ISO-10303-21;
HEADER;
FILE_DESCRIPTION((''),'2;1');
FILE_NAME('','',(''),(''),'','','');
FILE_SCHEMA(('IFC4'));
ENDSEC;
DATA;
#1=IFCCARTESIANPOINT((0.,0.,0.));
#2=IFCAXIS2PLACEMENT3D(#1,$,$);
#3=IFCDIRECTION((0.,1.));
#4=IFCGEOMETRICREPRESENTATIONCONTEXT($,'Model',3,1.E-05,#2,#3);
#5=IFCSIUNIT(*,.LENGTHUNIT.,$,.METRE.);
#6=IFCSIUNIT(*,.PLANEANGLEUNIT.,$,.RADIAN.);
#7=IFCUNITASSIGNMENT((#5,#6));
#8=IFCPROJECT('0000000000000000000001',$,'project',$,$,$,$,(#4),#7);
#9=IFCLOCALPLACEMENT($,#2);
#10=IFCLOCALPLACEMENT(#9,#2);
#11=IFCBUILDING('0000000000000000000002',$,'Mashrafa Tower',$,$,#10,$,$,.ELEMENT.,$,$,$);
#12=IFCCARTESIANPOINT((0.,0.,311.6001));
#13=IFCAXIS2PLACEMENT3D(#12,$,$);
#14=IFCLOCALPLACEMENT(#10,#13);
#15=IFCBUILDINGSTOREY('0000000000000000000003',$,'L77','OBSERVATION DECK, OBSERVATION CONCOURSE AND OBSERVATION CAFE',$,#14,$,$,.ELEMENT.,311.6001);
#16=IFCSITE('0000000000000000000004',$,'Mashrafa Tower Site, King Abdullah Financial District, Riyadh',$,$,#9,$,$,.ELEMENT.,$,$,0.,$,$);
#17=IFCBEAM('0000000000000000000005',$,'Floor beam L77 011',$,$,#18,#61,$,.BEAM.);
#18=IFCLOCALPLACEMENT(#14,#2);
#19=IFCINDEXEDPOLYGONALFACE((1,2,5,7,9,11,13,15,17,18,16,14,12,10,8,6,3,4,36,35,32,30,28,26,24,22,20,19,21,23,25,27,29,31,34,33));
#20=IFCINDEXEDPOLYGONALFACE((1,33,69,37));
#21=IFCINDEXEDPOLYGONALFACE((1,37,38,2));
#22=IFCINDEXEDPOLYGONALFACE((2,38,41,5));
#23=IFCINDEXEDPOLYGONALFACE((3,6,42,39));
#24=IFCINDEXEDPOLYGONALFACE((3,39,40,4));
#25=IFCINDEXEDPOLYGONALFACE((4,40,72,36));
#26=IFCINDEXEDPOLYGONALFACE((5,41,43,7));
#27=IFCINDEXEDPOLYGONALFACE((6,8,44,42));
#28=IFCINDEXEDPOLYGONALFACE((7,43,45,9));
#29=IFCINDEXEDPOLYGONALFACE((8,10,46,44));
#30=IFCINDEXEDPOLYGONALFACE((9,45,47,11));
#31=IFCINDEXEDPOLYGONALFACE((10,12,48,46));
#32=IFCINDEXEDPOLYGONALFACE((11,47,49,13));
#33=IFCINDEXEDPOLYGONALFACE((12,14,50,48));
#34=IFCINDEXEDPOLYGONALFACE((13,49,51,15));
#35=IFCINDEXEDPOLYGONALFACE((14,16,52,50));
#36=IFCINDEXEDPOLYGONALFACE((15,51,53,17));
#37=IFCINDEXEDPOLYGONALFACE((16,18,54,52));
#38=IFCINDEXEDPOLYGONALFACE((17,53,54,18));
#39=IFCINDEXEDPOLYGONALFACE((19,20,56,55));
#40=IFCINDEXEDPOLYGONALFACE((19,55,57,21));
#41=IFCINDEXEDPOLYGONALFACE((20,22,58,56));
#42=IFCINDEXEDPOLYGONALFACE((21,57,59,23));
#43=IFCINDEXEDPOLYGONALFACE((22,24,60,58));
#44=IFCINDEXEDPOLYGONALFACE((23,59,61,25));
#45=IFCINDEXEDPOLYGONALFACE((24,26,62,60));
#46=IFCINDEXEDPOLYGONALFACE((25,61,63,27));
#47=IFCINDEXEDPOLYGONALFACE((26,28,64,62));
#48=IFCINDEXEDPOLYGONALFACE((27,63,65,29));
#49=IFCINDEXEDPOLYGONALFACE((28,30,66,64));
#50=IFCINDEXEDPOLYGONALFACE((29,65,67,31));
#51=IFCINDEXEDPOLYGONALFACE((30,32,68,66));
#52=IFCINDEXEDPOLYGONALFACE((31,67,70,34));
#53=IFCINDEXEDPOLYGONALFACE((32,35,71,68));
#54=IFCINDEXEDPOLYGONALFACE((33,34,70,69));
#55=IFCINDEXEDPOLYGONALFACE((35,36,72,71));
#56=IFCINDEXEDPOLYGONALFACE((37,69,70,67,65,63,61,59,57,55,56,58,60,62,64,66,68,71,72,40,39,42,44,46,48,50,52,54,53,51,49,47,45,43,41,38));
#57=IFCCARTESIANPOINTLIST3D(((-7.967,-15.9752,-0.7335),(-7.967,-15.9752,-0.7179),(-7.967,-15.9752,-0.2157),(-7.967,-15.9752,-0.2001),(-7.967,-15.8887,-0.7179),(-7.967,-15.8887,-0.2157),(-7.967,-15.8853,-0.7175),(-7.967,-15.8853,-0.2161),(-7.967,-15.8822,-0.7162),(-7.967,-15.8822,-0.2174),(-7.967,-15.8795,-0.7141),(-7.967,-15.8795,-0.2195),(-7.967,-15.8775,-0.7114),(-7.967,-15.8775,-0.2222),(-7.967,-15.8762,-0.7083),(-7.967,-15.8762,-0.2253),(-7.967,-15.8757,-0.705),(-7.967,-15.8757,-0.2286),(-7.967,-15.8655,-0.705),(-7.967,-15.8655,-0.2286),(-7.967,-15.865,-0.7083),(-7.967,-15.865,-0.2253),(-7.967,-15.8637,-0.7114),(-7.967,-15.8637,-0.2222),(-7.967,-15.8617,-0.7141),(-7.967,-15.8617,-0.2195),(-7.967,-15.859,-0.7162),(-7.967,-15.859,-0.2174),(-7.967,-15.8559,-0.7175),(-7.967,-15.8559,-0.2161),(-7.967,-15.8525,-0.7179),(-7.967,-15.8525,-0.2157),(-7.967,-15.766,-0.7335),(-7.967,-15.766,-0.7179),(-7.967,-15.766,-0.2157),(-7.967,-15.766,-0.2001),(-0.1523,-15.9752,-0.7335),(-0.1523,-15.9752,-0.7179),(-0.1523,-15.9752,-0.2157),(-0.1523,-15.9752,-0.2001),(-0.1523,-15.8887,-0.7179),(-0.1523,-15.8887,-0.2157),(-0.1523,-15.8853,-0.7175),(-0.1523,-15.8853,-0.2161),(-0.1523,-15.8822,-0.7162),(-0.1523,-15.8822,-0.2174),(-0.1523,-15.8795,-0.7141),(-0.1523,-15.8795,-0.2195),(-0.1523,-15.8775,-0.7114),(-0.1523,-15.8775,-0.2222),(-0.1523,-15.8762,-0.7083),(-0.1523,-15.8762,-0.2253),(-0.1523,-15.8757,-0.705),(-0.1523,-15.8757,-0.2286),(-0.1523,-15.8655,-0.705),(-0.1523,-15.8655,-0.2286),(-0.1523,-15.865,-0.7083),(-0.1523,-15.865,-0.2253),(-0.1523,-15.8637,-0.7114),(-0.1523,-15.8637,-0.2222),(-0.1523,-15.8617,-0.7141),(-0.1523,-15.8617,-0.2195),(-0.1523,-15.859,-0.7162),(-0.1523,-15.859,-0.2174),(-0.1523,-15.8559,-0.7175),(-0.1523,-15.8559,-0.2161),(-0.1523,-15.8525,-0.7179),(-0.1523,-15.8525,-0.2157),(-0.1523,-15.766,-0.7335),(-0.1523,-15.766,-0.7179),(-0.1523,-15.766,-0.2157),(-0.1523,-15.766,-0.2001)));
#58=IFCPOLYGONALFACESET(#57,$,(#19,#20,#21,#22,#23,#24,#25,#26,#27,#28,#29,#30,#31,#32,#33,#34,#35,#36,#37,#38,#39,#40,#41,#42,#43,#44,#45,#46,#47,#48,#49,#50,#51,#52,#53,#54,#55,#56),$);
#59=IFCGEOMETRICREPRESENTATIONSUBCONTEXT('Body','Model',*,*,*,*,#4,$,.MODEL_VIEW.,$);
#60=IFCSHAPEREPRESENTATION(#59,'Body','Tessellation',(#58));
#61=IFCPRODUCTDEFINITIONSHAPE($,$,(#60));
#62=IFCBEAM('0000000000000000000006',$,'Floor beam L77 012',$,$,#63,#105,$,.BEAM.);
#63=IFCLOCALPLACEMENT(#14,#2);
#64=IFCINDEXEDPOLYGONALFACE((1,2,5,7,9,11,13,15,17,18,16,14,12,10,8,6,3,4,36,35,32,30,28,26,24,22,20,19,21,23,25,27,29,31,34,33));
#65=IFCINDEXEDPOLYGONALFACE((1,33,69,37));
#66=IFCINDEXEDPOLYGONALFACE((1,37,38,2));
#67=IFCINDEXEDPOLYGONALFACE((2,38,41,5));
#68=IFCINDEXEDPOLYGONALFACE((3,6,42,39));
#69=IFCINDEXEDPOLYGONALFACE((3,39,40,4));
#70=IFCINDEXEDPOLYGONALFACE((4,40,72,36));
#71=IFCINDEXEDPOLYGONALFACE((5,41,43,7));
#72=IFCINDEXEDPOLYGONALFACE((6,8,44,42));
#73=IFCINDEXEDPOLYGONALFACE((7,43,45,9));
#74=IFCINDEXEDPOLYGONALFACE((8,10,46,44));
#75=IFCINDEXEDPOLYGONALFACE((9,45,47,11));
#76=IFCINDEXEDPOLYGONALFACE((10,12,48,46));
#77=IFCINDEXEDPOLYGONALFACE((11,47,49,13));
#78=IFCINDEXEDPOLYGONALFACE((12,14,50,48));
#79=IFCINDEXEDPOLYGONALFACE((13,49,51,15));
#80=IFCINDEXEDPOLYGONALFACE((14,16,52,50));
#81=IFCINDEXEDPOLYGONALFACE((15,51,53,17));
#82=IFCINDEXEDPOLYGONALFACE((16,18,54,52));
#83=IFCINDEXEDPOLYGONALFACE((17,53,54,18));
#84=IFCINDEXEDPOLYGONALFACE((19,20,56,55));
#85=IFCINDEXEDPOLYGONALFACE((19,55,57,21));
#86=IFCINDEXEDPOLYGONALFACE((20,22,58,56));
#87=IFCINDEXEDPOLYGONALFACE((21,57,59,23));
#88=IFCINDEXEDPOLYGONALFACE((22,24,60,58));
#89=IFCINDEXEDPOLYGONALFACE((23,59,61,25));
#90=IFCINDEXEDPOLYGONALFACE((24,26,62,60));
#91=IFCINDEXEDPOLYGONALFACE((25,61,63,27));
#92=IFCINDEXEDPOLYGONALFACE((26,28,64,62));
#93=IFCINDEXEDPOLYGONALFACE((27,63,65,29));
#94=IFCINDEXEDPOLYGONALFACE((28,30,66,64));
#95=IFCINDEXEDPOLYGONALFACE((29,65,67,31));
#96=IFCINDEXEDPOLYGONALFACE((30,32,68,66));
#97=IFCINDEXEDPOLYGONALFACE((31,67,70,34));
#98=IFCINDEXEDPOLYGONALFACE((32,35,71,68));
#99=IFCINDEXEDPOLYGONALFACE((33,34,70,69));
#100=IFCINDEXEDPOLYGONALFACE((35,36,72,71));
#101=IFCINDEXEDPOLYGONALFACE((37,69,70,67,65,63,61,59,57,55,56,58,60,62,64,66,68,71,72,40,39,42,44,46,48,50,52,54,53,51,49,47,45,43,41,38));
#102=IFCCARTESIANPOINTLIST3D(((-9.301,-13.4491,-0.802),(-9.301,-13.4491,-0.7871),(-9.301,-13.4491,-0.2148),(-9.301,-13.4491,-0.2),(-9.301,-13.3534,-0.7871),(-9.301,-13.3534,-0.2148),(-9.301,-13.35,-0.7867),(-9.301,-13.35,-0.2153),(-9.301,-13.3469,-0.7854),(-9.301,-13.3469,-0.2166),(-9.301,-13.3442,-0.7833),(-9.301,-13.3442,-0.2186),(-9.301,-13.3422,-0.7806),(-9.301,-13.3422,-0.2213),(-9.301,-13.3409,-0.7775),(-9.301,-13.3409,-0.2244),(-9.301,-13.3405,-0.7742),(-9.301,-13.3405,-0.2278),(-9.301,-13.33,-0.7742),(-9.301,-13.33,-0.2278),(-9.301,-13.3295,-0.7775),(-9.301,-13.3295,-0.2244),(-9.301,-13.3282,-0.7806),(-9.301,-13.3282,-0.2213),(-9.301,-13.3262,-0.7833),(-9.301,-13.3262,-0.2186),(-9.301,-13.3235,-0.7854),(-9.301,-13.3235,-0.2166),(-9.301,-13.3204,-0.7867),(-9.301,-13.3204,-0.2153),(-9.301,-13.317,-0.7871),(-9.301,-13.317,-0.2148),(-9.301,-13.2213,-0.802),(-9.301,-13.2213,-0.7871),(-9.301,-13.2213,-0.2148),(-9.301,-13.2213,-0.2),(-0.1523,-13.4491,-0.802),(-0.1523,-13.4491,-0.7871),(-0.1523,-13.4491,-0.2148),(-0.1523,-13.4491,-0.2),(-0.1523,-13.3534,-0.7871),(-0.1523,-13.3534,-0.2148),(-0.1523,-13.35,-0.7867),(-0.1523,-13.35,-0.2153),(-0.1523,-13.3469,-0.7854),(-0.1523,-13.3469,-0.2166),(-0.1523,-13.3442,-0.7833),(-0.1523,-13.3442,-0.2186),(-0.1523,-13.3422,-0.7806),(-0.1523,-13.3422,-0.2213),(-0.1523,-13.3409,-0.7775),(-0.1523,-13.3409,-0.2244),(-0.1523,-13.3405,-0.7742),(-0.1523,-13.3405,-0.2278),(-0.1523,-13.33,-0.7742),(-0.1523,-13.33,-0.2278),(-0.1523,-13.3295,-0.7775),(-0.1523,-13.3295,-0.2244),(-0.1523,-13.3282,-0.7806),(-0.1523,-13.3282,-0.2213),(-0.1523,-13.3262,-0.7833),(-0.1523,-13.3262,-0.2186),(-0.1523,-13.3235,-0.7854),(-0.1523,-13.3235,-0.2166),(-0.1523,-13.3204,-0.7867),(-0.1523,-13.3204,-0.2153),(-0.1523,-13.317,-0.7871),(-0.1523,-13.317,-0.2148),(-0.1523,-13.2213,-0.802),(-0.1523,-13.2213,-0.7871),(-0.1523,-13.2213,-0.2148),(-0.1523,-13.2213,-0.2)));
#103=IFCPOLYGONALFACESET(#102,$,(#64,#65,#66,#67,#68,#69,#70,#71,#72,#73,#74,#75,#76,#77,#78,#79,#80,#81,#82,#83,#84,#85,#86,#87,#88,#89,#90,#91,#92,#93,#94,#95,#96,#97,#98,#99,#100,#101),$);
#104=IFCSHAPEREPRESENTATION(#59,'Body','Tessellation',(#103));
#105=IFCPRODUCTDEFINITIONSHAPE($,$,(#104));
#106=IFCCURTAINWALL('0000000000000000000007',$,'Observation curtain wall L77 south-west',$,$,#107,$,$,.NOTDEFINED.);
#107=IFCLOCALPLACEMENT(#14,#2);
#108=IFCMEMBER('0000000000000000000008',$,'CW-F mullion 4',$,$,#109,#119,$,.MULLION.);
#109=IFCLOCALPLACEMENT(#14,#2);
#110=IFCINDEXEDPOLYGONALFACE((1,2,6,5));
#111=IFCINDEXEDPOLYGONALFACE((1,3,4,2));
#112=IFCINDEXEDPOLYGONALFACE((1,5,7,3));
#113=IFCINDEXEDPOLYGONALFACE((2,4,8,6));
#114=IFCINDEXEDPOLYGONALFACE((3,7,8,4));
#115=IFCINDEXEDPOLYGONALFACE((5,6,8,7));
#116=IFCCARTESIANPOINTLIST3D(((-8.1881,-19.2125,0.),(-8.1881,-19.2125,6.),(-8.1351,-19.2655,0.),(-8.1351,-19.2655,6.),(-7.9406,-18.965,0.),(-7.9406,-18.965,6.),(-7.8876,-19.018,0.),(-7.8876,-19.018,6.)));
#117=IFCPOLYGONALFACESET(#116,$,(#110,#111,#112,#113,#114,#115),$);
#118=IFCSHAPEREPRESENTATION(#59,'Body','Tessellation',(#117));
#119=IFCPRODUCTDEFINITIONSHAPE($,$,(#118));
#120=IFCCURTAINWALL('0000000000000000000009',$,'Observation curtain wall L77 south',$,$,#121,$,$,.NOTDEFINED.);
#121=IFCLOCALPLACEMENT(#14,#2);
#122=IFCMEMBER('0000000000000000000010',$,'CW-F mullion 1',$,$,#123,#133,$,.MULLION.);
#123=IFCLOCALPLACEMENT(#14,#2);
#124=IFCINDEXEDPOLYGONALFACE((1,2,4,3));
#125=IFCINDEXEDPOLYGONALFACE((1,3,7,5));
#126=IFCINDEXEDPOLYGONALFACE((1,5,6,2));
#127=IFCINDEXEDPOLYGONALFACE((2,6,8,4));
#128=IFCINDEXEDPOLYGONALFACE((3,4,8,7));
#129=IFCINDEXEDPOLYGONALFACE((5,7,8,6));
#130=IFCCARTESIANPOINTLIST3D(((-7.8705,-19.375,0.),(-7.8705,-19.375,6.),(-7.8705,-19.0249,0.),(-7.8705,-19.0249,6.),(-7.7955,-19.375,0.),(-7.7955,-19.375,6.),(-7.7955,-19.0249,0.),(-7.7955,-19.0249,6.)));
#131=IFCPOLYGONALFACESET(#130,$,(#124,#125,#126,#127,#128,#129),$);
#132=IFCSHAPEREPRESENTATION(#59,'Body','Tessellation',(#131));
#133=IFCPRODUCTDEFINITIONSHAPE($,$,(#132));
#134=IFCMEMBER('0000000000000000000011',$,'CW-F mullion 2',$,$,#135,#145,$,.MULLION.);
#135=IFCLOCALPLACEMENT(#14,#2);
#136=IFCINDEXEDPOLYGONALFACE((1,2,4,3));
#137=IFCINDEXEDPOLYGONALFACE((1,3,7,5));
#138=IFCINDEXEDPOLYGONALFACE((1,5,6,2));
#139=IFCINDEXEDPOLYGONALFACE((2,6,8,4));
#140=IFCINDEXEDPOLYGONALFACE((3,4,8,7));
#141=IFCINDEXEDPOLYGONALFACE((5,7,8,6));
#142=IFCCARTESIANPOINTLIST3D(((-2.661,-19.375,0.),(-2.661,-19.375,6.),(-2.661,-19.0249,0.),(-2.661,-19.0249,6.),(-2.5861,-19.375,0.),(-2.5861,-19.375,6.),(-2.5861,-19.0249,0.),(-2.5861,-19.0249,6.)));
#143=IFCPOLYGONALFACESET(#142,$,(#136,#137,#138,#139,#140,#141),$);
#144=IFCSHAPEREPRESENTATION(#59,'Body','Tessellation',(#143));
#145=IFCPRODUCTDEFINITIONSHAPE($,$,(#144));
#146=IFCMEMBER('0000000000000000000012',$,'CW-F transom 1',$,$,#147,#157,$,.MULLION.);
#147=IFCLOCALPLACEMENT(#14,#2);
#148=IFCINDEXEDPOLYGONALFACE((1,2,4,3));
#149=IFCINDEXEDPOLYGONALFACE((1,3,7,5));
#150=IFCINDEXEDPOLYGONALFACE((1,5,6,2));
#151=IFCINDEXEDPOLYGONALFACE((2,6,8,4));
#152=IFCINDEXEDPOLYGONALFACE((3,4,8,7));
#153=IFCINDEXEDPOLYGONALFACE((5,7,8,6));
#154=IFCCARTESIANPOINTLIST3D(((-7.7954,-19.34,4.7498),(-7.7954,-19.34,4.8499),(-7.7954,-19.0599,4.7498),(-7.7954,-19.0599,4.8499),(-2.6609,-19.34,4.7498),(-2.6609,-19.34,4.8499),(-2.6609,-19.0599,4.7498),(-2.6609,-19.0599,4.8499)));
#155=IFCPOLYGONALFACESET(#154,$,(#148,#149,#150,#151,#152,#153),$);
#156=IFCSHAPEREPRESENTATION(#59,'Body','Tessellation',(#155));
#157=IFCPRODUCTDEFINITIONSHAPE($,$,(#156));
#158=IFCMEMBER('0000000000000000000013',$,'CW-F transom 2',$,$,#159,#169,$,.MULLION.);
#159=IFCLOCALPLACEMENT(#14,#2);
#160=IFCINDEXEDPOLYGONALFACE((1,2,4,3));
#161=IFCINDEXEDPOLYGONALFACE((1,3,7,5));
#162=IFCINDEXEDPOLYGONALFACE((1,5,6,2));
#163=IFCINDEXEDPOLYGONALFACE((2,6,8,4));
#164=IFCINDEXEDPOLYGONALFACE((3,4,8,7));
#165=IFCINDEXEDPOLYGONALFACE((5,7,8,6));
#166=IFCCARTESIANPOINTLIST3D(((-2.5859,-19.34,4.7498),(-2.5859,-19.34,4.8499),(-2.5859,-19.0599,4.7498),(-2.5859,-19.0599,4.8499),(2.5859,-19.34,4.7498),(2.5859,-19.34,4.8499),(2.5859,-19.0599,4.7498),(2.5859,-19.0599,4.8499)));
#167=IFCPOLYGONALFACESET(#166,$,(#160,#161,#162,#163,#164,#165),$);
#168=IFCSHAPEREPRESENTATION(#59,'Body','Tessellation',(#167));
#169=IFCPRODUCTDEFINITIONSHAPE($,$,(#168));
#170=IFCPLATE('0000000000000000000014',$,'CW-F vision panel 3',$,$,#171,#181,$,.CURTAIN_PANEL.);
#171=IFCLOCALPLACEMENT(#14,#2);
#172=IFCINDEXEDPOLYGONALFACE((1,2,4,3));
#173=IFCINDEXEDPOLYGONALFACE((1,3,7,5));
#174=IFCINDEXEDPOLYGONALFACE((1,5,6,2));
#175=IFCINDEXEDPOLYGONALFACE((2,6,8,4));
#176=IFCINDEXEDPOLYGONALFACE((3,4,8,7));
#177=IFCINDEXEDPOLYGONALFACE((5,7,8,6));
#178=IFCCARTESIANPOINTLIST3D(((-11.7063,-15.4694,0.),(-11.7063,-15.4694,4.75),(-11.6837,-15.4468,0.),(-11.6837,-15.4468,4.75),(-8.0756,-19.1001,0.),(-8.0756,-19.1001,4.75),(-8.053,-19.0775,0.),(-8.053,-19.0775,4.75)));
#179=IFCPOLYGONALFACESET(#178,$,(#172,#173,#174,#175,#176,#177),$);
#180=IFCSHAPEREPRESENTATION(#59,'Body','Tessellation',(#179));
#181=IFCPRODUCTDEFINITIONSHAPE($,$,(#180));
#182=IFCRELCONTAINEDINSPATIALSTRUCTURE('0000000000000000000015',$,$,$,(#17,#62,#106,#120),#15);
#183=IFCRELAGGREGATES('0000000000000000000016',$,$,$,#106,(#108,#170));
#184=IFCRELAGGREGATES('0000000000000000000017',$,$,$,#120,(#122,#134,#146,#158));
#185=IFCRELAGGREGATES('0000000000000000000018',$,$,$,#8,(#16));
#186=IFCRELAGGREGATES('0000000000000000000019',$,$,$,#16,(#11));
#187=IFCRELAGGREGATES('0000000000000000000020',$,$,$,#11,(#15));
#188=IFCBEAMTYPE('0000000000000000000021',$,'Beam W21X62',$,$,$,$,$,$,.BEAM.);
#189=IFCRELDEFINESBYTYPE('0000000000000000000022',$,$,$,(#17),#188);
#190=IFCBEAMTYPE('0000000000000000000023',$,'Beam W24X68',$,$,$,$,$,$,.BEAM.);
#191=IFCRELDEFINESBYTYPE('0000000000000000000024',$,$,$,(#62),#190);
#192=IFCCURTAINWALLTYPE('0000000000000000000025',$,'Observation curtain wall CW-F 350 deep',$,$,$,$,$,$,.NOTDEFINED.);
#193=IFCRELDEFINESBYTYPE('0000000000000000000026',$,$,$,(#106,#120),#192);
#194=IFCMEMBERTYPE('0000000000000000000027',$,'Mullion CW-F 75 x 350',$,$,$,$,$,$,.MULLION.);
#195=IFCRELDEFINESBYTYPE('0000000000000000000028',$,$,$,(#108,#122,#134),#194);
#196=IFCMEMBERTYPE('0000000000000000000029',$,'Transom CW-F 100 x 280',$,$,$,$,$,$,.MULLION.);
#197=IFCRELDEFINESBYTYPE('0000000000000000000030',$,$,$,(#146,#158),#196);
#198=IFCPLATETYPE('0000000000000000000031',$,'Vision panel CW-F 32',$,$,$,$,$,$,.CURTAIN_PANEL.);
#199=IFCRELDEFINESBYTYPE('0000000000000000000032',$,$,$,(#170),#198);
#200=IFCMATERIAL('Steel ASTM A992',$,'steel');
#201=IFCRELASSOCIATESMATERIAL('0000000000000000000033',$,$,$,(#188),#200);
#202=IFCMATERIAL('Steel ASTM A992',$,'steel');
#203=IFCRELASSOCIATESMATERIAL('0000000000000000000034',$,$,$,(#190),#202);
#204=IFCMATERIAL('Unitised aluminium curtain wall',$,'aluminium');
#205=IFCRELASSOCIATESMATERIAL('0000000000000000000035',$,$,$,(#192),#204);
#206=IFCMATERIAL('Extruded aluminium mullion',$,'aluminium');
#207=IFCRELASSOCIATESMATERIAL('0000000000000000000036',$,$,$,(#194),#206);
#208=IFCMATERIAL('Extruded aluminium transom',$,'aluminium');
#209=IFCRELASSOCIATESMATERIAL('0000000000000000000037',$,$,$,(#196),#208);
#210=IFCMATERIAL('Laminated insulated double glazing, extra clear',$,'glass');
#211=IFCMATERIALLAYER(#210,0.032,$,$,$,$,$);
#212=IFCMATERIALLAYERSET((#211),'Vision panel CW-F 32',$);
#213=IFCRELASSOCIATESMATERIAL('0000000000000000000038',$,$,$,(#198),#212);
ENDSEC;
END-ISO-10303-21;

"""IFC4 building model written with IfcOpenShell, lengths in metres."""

from ifc_helpers import new_model, si_unit, direction, frame, origin, origin_2d, place, context, subcontext, project, spatial, rectangle, i_section, extrude, source, transform, mapped, material, layer, layer_set, material_profile, profile_set, type_object, type_shapes, element, aggregate, save


model = new_model("IFC4")

# Units and contexts
model_context = context("Model", 3, precision=1e-05, world=origin(), true_north=direction((0.0, 1.0)))
body_context = subcontext(model_context, "Body", "Model", "MODEL_VIEW")
ifc_project = project(units=[si_unit("LENGTHUNIT", "METRE"), si_unit("PLANEANGLEUNIT", "RADIAN")], contexts=[model_context])

# Site, building, storey
site_placement = place(None, origin())
site = spatial("IfcSite", under=ifc_project, at=site_placement, Name="Mashrafa Tower Site, King Abdullah Financial District, Riyadh", CompositionType="ELEMENT", RefElevation=0.0)
building_placement = place(site_placement, origin())
building = spatial("IfcBuilding", under=site, at=building_placement, Name="Mashrafa Tower", CompositionType="ELEMENT")
storey_placement = place(building_placement, frame((0.0, 0.0, 311.6001)))
storey = spatial("IfcBuildingStorey", under=building, at=storey_placement, Name="L77", Description="OBSERVATION DECK, OBSERVATION CONCOURSE AND OBSERVATION CAFE", CompositionType="ELEMENT", Elevation=311.6001)

# Beams
ifc_material_1 = material(Name="Steel ASTM A992", Category="steel")
ifc_material_profile_1 = material_profile(ifc_material_1, i_section(OverallWidth=0.2092, OverallDepth=0.5334, WebThickness=0.0103, FlangeThickness=0.0156, FilletRadius=0.0129, at=origin_2d()), Name="W21X62")
ifc_profile_set_1 = profile_set([ifc_material_profile_1], Name="Steel ASTM A992")
beam_type_1 = type_object("IfcBeamType", Name="Beam W21X62", PredefinedType="BEAM", material=ifc_profile_set_1)
beam_1_placement = place(storey_placement, frame((-0.1523, -15.8706, -0.4668), z_axis=(-1.0, 0.0, 0.0), x_axis=(0.0, -1.0, 0.0)))
element("IfcBeam", 1, at=beam_1_placement, inside=storey, type_object=beam_type_1, Name="Floor beam L77 011", PredefinedType="BEAM", context=body_context, shape_type="SweptSolid", body=[
    extrude(i_section(OverallWidth=0.2092, OverallDepth=0.5334, WebThickness=0.0103, FlangeThickness=0.0156, FilletRadius=0.0129, at=origin_2d()), origin(), (0.0, 0.0, 1.0), 7.8147),
])
ifc_material_2 = material(Name="Steel ASTM A992", Category="steel")
ifc_material_profile_2 = material_profile(ifc_material_2, i_section(OverallWidth=0.2278, OverallDepth=0.6021, WebThickness=0.0105, FlangeThickness=0.0149, FilletRadius=0.0129, at=origin_2d()), Name="W24X68")
ifc_profile_set_2 = profile_set([ifc_material_profile_2], Name="Steel ASTM A992")
beam_type_2 = type_object("IfcBeamType", Name="Beam W24X68", PredefinedType="BEAM", material=ifc_profile_set_2)
beam_2_placement = place(storey_placement, frame((-0.1523, -13.3352, -0.501), z_axis=(-1.0, 0.0, 0.0), x_axis=(0.0, -1.0, 0.0)))
element("IfcBeam", 2, at=beam_2_placement, inside=storey, type_object=beam_type_2, Name="Floor beam L77 012", PredefinedType="BEAM", context=body_context, shape_type="SweptSolid", body=[
    extrude(i_section(OverallWidth=0.2278, OverallDepth=0.6021, WebThickness=0.0105, FlangeThickness=0.0149, FilletRadius=0.0129, at=origin_2d()), origin(), (0.0, 0.0, 1.0), 9.1487),
])

# Curtain wall, member
ifc_material_3 = material(Name="Unitised aluminium curtain wall", Category="aluminium")
curtain_wall_type = type_object("IfcCurtainWallType", Name="Observation curtain wall CW-F 350 deep", PredefinedType="NOTDEFINED", material=ifc_material_3)
curtain_wall_1_placement = place(storey_placement, origin())
curtain_wall_1 = element("IfcCurtainWall", 3, at=curtain_wall_1_placement, inside=storey, type_object=curtain_wall_type, Name="Observation curtain wall L77 south-west", PredefinedType="NOTDEFINED")
ifc_material_4 = material(Name="Extruded aluminium mullion", Category="aluminium")
ifc_material_profile_3 = material_profile(ifc_material_4, rectangle(XDim=0.3501, YDim=0.075, at=origin_2d()), Name="Mullion 75x350")
ifc_profile_set_3 = profile_set([ifc_material_profile_3], Name="Extruded aluminium mullion")
member_type_1 = type_object("IfcMemberType", Name="Mullion CW-F 75 x 350", PredefinedType="MULLION", material=ifc_profile_set_3)
shared_shape_1 = source(origin(), body_context, "Body", "SweptSolid", [
    extrude(rectangle(XDim=0.3501, YDim=0.075, at=origin_2d()), origin(), (0.0, 0.0, 1.0), 6.0),
])
type_shapes(member_type_1, [shared_shape_1])
member_1_placement = place(storey_placement, frame((-8.0378, -19.1152, 0.0), z_axis=(0.0, 0.0, 1.0), x_axis=(0.707107, 0.707107, 0.0)))
member_1 = element("IfcMember", 4, at=member_1_placement, type_object=member_type_1, Name="CW-F mullion 4", PredefinedType="MULLION", context=body_context, shape_type="MappedRepresentation", body=[
    mapped(shared_shape_1, transform((0.0, 0.0, 0.0))),
])

# Curtain wall, members
curtain_wall_2_placement = place(storey_placement, origin())
curtain_wall_2 = element("IfcCurtainWall", 5, at=curtain_wall_2_placement, inside=storey, type_object=curtain_wall_type, Name="Observation curtain wall L77 south", PredefinedType="NOTDEFINED")
member_2_placement = place(storey_placement, frame((-7.833, -19.2, 0.0), z_axis=(0.0, 0.0, 1.0), x_axis=(0.0, 1.0, 0.0)))
member_2 = element("IfcMember", 6, at=member_2_placement, type_object=member_type_1, Name="CW-F mullion 1", PredefinedType="MULLION", context=body_context, shape_type="MappedRepresentation", body=[
    mapped(shared_shape_1, transform((0.0, 0.0, 0.0))),
])
member_3_placement = place(storey_placement, frame((-2.6235, -19.2, 0.0), z_axis=(0.0, 0.0, 1.0), x_axis=(0.0, 1.0, 0.0)))
member_3 = element("IfcMember", 7, at=member_3_placement, type_object=member_type_1, Name="CW-F mullion 2", PredefinedType="MULLION", context=body_context, shape_type="MappedRepresentation", body=[
    mapped(shared_shape_1, transform((0.0, 0.0, 0.0))),
])
ifc_material_5 = material(Name="Extruded aluminium transom", Category="aluminium")
ifc_material_profile_4 = material_profile(ifc_material_5, rectangle(XDim=0.28, YDim=0.1001, at=origin_2d()), Name="Transom 100x280")
ifc_profile_set_4 = profile_set([ifc_material_profile_4], Name="Extruded aluminium transom")
member_type_2 = type_object("IfcMemberType", Name="Transom CW-F 100 x 280", PredefinedType="MULLION", material=ifc_profile_set_4)
shared_shape_2 = source(origin(), body_context, "Body", "SweptSolid", [
    extrude(rectangle(XDim=0.28, YDim=0.1001, at=origin_2d()), origin(), (0.0, 0.0, 1.0), 5.1345),
])
member_4_placement = place(storey_placement, frame((-7.7954, -19.2, 4.7998), z_axis=(1.0, 0.0, 0.0), x_axis=(0.0, 1.0, 0.0)))
member_4 = element("IfcMember", 8, at=member_4_placement, type_object=member_type_2, Name="CW-F transom 1", PredefinedType="MULLION", context=body_context, shape_type="MappedRepresentation", body=[
    mapped(shared_shape_2, transform((0.0, 0.0, 0.0))),
])
shared_shape_3 = source(origin(), body_context, "Body", "SweptSolid", [
    extrude(rectangle(XDim=0.28, YDim=0.1001, at=origin_2d()), origin(), (0.0, 0.0, 1.0), 5.1719),
])
type_shapes(member_type_2, [shared_shape_2, shared_shape_3])
member_5_placement = place(storey_placement, frame((-2.5859, -19.2, 4.7998), z_axis=(1.0, 0.0, 0.0), x_axis=(0.0, 1.0, 0.0)))
member_5 = element("IfcMember", 9, at=member_5_placement, type_object=member_type_2, Name="CW-F transom 2", PredefinedType="MULLION", context=body_context, shape_type="MappedRepresentation", body=[
    mapped(shared_shape_3, transform((0.0, 0.0, 0.0))),
])

# Plate
ifc_material_6 = material(Name="Laminated insulated double glazing, extra clear", Category="glass")
ifc_layer_1 = layer(ifc_material_6, 0.032)
ifc_layer_set_1 = layer_set([ifc_layer_1], Name="Vision panel CW-F 32")
plate_type_1 = type_object("IfcPlateType", Name="Vision panel CW-F 32", PredefinedType="CURTAIN_PANEL", material=ifc_layer_set_1)
shared_shape_4 = source(origin(), body_context, "Body", "SweptSolid", [
    extrude(rectangle(XDim=5.1345, YDim=0.032, at=origin_2d()), origin(), (0.0, 0.0, 1.0), 4.75),
])
type_shapes(plate_type_1, [shared_shape_4])
plate_1_placement = place(storey_placement, frame((-9.8796, -17.2734, 0.0), z_axis=(0.0, 0.0, 1.0), x_axis=(0.707107, -0.707107, 0.0)))
plate_1 = element("IfcPlate", 10, at=plate_1_placement, type_object=plate_type_1, Name="CW-F vision panel 3", PredefinedType="CURTAIN_PANEL", context=body_context, shape_type="MappedRepresentation", body=[
    mapped(shared_shape_4, transform((0.0, 0.0, 0.0))),
])
aggregate(curtain_wall_1, [member_1, plate_1])
aggregate(curtain_wall_2, [member_2, member_3, member_4, member_5])

save(model, "model.ifc")
